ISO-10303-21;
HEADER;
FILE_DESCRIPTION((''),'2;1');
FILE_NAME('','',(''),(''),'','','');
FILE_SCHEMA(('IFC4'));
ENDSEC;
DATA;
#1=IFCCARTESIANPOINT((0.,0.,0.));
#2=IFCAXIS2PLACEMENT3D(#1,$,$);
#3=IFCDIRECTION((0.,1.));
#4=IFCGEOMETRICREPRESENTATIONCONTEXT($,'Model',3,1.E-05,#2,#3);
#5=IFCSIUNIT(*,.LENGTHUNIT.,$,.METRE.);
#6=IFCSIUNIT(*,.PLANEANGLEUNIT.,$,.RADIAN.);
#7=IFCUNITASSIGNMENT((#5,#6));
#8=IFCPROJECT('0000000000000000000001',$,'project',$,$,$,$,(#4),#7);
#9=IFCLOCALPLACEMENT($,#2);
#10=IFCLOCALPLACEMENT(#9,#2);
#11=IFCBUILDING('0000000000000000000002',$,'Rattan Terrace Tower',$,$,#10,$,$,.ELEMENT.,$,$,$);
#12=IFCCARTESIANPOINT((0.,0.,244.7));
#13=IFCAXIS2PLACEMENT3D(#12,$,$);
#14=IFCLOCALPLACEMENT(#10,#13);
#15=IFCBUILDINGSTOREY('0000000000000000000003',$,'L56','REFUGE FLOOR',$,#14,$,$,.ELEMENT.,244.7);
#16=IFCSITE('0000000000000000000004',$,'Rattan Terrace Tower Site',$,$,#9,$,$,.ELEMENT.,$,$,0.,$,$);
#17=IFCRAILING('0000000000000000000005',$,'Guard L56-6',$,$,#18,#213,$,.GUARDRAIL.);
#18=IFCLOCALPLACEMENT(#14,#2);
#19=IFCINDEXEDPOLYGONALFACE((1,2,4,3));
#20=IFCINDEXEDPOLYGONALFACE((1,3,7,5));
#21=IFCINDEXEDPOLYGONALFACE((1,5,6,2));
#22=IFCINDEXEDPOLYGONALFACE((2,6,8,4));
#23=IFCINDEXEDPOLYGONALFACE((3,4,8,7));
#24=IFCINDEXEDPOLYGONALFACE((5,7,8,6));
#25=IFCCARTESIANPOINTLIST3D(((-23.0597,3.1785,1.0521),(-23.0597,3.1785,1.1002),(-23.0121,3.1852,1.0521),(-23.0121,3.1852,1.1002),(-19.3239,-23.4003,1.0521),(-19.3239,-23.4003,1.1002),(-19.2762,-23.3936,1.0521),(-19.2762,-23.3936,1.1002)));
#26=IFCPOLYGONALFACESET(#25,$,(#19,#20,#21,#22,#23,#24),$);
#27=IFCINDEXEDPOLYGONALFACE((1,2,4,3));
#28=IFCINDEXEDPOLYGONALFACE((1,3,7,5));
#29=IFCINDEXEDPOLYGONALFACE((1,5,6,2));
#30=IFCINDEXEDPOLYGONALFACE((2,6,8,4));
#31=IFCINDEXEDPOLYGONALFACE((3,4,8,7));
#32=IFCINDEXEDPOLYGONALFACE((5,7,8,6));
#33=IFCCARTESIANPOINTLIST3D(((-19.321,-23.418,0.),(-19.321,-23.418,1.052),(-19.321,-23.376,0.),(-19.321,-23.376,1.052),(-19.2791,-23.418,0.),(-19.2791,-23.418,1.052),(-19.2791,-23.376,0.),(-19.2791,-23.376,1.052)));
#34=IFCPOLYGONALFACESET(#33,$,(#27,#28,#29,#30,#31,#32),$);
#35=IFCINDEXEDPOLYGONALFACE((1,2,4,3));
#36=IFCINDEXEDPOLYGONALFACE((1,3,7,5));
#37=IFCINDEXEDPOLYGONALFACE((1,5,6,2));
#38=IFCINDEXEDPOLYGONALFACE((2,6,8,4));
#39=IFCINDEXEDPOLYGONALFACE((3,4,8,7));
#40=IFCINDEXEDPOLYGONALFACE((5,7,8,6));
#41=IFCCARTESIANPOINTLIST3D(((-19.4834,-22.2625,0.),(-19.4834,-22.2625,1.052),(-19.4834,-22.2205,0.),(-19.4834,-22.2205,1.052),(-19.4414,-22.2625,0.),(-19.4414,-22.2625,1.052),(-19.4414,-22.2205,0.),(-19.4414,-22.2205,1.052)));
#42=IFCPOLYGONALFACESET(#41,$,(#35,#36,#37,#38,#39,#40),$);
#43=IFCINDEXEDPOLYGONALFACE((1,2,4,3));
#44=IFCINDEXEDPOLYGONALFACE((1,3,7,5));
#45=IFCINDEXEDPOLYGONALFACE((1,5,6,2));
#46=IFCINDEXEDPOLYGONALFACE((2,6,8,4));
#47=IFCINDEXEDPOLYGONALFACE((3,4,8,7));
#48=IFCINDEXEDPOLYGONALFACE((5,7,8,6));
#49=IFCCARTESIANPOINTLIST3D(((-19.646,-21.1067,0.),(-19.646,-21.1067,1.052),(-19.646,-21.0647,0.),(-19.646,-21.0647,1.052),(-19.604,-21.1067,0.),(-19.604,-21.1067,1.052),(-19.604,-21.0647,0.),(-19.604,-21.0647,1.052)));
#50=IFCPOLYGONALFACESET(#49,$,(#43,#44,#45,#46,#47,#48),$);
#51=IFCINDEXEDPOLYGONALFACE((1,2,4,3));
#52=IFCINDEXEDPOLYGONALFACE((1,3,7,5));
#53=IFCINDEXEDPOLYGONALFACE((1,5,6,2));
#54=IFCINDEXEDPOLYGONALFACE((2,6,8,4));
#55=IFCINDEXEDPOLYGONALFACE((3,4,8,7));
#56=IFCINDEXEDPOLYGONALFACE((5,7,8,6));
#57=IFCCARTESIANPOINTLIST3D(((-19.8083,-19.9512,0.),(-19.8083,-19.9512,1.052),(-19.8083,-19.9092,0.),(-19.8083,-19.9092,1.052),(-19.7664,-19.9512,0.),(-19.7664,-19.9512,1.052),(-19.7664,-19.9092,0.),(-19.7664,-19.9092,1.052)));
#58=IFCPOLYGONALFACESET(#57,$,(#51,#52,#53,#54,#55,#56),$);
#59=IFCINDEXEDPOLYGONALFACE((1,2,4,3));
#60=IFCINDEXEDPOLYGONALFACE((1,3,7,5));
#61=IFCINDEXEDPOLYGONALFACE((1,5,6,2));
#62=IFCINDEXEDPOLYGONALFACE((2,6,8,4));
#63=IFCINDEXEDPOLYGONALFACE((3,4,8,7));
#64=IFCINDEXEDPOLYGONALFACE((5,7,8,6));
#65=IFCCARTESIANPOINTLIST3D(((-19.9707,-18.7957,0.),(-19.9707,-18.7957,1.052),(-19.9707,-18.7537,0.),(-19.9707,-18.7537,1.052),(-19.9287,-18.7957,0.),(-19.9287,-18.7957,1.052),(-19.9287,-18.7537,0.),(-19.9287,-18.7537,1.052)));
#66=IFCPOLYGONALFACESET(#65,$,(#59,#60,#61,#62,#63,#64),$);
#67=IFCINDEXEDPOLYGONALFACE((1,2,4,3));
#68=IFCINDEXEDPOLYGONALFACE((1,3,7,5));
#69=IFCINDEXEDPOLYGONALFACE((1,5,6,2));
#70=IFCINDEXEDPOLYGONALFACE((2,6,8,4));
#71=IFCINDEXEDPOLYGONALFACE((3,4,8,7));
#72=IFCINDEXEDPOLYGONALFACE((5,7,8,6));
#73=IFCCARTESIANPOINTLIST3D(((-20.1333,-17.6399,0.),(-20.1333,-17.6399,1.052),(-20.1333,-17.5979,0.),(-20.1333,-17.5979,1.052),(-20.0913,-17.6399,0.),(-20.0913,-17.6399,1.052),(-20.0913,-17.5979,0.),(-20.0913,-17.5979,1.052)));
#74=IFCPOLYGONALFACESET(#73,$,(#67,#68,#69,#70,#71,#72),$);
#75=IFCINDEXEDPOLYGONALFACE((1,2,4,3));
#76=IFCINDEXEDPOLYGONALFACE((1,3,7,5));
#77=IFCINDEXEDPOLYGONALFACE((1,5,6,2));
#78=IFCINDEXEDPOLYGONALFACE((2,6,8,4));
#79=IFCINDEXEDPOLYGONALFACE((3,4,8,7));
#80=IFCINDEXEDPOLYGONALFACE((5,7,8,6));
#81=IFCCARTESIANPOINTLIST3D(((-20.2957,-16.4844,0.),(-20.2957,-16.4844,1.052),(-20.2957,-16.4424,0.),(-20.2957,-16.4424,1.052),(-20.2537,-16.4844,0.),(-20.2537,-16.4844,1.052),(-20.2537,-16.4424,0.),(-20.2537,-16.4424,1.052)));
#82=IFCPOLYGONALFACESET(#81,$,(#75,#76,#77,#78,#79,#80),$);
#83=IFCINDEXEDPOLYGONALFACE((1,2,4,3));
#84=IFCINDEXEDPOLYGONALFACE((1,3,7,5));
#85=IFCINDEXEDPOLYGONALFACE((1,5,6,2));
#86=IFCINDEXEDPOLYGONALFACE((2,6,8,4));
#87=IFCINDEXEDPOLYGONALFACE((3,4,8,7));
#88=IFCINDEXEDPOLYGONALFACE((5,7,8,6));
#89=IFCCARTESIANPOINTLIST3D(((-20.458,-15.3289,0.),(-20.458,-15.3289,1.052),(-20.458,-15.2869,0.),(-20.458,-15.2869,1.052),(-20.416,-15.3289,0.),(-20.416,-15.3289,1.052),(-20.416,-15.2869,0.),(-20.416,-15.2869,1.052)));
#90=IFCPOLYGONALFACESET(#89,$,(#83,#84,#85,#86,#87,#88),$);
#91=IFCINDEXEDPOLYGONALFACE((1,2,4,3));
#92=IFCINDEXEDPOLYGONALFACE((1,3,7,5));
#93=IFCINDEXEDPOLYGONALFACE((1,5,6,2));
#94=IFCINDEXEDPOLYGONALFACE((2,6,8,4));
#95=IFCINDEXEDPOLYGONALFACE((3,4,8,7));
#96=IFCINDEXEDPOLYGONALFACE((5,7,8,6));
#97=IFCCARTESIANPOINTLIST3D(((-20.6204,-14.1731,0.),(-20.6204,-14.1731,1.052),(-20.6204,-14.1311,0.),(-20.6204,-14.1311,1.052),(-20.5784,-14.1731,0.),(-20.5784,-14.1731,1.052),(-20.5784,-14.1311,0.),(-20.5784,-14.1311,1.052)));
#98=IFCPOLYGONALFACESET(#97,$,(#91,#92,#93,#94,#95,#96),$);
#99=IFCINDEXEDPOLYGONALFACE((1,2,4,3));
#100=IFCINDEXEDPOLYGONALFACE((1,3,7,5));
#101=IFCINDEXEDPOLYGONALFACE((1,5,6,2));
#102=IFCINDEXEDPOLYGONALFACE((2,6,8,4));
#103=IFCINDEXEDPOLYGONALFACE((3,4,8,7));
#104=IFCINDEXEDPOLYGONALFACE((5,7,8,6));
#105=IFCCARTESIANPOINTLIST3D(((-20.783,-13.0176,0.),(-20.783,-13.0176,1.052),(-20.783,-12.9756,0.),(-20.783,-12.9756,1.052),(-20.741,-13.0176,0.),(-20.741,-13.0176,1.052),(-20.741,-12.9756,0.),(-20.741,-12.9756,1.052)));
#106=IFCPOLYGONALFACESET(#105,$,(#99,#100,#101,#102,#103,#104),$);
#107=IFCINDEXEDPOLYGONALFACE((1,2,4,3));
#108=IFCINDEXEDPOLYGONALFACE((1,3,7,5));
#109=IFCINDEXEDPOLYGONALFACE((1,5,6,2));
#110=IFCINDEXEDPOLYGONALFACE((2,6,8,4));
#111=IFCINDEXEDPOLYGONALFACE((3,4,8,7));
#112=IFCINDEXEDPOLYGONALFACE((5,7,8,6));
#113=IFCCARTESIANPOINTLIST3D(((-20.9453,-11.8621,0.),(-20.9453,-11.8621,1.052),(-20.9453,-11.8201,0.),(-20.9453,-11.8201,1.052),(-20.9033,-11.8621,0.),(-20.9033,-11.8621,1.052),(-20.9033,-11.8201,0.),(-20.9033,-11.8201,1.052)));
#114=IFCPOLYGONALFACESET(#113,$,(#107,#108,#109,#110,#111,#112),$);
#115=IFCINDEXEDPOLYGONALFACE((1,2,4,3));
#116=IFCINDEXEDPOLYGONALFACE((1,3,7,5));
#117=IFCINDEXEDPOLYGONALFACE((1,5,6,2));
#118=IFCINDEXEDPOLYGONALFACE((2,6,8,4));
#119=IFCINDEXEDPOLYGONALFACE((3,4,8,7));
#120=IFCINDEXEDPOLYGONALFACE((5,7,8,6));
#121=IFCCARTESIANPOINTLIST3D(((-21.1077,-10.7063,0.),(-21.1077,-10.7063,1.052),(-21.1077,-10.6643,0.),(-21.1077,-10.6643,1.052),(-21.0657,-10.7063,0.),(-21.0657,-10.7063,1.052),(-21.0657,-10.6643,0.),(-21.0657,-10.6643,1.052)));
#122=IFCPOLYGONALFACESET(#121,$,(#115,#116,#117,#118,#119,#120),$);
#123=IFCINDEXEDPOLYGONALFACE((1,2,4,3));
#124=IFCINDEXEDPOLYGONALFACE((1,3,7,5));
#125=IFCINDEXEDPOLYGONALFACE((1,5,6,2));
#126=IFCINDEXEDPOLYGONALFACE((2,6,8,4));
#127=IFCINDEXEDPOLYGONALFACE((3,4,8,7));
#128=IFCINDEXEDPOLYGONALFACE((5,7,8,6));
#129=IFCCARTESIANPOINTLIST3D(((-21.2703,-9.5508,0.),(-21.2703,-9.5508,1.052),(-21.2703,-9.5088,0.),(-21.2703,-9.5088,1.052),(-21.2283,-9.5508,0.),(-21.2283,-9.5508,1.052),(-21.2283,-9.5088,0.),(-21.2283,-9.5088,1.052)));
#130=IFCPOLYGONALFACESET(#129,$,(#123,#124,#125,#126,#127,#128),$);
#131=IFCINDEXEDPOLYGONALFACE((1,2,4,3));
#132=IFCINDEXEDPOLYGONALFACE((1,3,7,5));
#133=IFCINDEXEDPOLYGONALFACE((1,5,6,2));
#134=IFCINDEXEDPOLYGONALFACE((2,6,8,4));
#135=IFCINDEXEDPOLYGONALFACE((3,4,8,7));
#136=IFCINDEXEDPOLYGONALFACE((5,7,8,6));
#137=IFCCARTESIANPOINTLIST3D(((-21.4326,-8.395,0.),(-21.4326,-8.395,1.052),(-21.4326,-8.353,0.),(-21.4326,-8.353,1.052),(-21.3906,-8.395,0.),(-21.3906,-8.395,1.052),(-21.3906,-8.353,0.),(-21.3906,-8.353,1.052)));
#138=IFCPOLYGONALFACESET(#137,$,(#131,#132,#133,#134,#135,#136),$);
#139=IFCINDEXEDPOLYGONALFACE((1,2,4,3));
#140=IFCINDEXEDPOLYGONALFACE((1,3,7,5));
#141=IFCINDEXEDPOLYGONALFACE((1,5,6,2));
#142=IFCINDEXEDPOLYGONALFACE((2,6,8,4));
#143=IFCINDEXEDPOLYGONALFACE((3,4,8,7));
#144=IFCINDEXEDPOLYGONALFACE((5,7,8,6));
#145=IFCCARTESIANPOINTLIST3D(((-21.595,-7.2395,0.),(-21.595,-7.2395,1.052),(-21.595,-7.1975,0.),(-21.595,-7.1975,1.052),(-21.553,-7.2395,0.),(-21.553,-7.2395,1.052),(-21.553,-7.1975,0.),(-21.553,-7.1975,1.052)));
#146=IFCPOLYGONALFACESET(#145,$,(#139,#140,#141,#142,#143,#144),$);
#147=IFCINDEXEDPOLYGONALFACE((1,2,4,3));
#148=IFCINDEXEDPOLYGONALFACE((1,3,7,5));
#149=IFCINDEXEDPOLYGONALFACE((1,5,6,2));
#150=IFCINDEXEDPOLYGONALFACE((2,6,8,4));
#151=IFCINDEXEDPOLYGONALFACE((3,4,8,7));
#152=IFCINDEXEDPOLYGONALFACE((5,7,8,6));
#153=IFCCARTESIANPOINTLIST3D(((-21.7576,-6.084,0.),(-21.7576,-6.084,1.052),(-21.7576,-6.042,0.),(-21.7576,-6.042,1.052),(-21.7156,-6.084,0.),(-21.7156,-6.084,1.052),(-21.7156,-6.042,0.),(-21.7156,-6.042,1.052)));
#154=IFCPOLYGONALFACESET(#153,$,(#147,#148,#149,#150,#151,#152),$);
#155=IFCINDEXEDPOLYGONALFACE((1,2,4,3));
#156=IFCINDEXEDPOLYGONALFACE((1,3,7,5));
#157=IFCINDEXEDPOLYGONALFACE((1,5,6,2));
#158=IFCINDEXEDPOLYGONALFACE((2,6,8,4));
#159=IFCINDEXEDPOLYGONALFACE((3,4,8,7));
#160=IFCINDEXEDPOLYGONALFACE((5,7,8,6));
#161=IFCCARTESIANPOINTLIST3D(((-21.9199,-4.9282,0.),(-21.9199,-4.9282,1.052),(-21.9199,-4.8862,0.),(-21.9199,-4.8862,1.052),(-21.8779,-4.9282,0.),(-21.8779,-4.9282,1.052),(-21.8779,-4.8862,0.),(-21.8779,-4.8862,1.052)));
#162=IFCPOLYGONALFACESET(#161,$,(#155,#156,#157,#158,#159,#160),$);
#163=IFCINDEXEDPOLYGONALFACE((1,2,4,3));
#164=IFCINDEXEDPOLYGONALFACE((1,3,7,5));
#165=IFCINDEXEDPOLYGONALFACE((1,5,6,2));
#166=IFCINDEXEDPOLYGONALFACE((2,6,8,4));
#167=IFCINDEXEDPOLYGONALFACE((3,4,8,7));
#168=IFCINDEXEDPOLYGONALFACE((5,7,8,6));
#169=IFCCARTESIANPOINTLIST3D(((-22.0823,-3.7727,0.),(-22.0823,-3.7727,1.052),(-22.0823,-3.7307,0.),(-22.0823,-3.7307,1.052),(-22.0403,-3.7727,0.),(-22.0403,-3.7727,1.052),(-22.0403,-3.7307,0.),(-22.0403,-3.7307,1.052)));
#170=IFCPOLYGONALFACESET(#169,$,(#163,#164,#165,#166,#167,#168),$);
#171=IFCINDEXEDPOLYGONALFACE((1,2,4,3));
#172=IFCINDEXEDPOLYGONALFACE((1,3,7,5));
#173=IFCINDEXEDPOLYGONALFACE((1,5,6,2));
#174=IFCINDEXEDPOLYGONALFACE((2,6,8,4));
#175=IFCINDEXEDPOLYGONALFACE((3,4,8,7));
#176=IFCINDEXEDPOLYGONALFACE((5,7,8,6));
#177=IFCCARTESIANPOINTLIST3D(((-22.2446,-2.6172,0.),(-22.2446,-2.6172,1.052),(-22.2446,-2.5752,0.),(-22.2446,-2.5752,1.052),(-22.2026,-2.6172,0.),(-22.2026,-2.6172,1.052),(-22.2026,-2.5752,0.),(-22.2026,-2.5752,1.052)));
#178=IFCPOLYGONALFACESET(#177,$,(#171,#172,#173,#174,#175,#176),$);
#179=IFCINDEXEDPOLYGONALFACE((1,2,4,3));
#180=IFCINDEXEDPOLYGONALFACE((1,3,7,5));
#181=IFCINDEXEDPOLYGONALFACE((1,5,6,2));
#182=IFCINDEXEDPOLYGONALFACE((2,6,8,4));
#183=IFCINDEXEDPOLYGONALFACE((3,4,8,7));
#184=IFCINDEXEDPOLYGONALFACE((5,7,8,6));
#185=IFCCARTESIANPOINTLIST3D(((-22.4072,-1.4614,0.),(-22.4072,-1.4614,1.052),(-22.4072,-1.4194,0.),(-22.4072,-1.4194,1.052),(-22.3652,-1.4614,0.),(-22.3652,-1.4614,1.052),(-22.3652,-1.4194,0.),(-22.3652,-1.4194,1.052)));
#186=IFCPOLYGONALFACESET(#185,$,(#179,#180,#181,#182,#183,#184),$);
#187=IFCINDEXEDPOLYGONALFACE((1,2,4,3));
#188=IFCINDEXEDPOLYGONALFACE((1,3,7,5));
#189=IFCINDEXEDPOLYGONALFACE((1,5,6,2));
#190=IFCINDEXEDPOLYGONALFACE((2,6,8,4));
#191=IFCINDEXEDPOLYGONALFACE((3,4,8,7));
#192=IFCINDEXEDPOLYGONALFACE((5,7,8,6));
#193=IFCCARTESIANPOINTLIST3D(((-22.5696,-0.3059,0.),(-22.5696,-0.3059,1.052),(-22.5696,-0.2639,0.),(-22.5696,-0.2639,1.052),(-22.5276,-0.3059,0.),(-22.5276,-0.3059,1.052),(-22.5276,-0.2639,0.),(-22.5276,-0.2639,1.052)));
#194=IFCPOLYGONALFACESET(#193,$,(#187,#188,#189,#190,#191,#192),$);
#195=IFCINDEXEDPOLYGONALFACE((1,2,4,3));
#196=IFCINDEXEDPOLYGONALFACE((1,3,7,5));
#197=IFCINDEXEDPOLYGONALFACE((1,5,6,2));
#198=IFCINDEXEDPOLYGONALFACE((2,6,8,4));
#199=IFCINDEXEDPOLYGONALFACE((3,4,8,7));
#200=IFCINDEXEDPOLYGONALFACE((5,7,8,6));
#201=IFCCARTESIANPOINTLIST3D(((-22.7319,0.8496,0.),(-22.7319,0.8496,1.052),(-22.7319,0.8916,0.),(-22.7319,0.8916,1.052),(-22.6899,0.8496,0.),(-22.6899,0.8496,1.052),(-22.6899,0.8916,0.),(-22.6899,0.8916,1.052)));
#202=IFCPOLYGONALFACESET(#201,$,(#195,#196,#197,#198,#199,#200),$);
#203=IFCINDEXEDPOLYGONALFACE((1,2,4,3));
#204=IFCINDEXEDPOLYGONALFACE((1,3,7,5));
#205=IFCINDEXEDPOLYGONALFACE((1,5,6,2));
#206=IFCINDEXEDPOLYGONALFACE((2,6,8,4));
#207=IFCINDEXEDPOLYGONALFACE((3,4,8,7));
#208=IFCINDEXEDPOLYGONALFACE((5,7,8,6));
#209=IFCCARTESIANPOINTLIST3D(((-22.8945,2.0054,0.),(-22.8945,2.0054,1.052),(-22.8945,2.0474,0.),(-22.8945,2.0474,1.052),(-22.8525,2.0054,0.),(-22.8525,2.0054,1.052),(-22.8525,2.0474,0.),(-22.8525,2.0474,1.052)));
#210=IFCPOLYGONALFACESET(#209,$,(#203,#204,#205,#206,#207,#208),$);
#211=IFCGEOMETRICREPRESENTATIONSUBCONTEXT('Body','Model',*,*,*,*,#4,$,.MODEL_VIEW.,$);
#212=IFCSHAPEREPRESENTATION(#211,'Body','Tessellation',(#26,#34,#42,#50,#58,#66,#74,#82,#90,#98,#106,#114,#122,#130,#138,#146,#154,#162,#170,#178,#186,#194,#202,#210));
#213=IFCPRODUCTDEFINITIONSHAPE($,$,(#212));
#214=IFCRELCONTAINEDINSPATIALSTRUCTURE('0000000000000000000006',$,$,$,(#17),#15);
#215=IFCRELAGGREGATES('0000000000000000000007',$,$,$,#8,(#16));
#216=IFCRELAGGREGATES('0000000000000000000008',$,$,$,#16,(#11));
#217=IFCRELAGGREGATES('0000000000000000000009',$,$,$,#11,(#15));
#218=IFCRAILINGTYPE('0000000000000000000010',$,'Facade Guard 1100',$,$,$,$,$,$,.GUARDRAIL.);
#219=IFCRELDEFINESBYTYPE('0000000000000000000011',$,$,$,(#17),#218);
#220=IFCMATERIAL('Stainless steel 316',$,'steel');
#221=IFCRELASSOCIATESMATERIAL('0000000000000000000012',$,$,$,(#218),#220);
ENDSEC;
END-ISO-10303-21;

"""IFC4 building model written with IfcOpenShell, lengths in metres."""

from ifc_helpers import new_model, si_unit, direction, frame, origin, origin_2d, place, context, subcontext, project, spatial, rectangle, extrude, material, type_object, element, save


model = new_model("IFC4")

# Units and contexts
model_context = context("Model", 3, precision=1e-05, world=origin(), true_north=direction((0.0, 1.0)))
body_context = subcontext(model_context, "Body", "Model", "MODEL_VIEW")
ifc_project = project(units=[si_unit("LENGTHUNIT", "METRE"), si_unit("PLANEANGLEUNIT", "RADIAN")], contexts=[model_context])

# Site, building, storey
site_placement = place(None, origin())
site = spatial("IfcSite", under=ifc_project, at=site_placement, Name="Rattan Terrace Tower Site", CompositionType="ELEMENT", RefElevation=0.0)
building_placement = place(site_placement, origin())
building = spatial("IfcBuilding", under=site, at=building_placement, Name="Rattan Terrace Tower", CompositionType="ELEMENT")
storey_placement = place(building_placement, frame((0.0, 0.0, 244.7)))
storey = spatial("IfcBuildingStorey", under=building, at=storey_placement, Name="L56", Description="REFUGE FLOOR", CompositionType="ELEMENT", Elevation=244.7)

# Railing
ifc_material_1 = material(Name="Stainless steel 316", Category="steel")
railing_type = type_object("IfcRailingType", Name="Facade Guard 1100", PredefinedType="GUARDRAIL", material=ifc_material_1)
railing_1_placement = place(storey_placement, frame((-19.3, -23.397, 0.0)))
element("IfcRailing", 1, at=railing_1_placement, inside=storey, type_object=railing_type, Name="Guard L56-6", PredefinedType="GUARDRAIL", context=body_context, shape_type="SweptSolid", body=[
    extrude(rectangle(XDim=0.0481, YDim=0.0481, at=origin_2d()), frame((0.0, 0.0, 1.0762), z_axis=(-0.139189, 0.990266, 0.0), x_axis=(-0.990266, -0.139189, 0.0)), (0.0, 0.0, 1.0), 26.8401),
    extrude(rectangle(XDim=0.042, YDim=0.042, at=origin_2d()), origin(), (0.0, 0.0, 1.0), 1.052),
    extrude(rectangle(XDim=0.042, YDim=0.042, at=origin_2d()), frame((-0.1624, 1.1555, 0.0)), (0.0, 0.0, 1.0), 1.052),
    extrude(rectangle(XDim=0.042, YDim=0.042, at=origin_2d()), frame((-0.325, 2.3113, 0.0)), (0.0, 0.0, 1.0), 1.052),
    extrude(rectangle(XDim=0.042, YDim=0.042, at=origin_2d()), frame((-0.4873, 3.4668, 0.0)), (0.0, 0.0, 1.0), 1.052),
    extrude(rectangle(XDim=0.042, YDim=0.042, at=origin_2d()), frame((-0.6497, 4.6223, 0.0)), (0.0, 0.0, 1.0), 1.052),
    extrude(rectangle(XDim=0.042, YDim=0.042, at=origin_2d()), frame((-0.8123, 5.7781, 0.0)), (0.0, 0.0, 1.0), 1.052),
    extrude(rectangle(XDim=0.042, YDim=0.042, at=origin_2d()), frame((-0.9746, 6.9336, 0.0)), (0.0, 0.0, 1.0), 1.052),
    extrude(rectangle(XDim=0.042, YDim=0.042, at=origin_2d()), frame((-1.137, 8.0891, 0.0)), (0.0, 0.0, 1.0), 1.052),
    extrude(rectangle(XDim=0.042, YDim=0.042, at=origin_2d()), frame((-1.2993, 9.2449, 0.0)), (0.0, 0.0, 1.0), 1.052),
    extrude(rectangle(XDim=0.042, YDim=0.042, at=origin_2d()), frame((-1.4619, 10.4004, 0.0)), (0.0, 0.0, 1.0), 1.052),
    extrude(rectangle(XDim=0.042, YDim=0.042, at=origin_2d()), frame((-1.6243, 11.5559, 0.0)), (0.0, 0.0, 1.0), 1.052),
    extrude(rectangle(XDim=0.042, YDim=0.042, at=origin_2d()), frame((-1.7866, 12.7117, 0.0)), (0.0, 0.0, 1.0), 1.052),
    extrude(rectangle(XDim=0.042, YDim=0.042, at=origin_2d()), frame((-1.9492, 13.8672, 0.0)), (0.0, 0.0, 1.0), 1.052),
    extrude(rectangle(XDim=0.042, YDim=0.042, at=origin_2d()), frame((-2.1116, 15.0229, 0.0)), (0.0, 0.0, 1.0), 1.052),
    extrude(rectangle(XDim=0.042, YDim=0.042, at=origin_2d()), frame((-2.2739, 16.1785, 0.0)), (0.0, 0.0, 1.0), 1.052),
    extrude(rectangle(XDim=0.042, YDim=0.042, at=origin_2d()), frame((-2.4365, 17.334, 0.0)), (0.0, 0.0, 1.0), 1.052),
    extrude(rectangle(XDim=0.042, YDim=0.042, at=origin_2d()), frame((-2.5989, 18.4897, 0.0)), (0.0, 0.0, 1.0), 1.052),
    extrude(rectangle(XDim=0.042, YDim=0.042, at=origin_2d()), frame((-2.7612, 19.6453, 0.0)), (0.0, 0.0, 1.0), 1.052),
    extrude(rectangle(XDim=0.042, YDim=0.042, at=origin_2d()), frame((-2.9236, 20.8008, 0.0)), (0.0, 0.0, 1.0), 1.052),
    extrude(rectangle(XDim=0.042, YDim=0.042, at=origin_2d()), frame((-3.0862, 21.9565, 0.0)), (0.0, 0.0, 1.0), 1.052),
    extrude(rectangle(XDim=0.042, YDim=0.042, at=origin_2d()), frame((-3.2485, 23.1121, 0.0)), (0.0, 0.0, 1.0), 1.052),
    extrude(rectangle(XDim=0.042, YDim=0.042, at=origin_2d()), frame((-3.4109, 24.2676, 0.0)), (0.0, 0.0, 1.0), 1.052),
    extrude(rectangle(XDim=0.042, YDim=0.042, at=origin_2d()), frame((-3.5735, 25.4233, 0.0)), (0.0, 0.0, 1.0), 1.052),
])

save(model, "model.ifc")
